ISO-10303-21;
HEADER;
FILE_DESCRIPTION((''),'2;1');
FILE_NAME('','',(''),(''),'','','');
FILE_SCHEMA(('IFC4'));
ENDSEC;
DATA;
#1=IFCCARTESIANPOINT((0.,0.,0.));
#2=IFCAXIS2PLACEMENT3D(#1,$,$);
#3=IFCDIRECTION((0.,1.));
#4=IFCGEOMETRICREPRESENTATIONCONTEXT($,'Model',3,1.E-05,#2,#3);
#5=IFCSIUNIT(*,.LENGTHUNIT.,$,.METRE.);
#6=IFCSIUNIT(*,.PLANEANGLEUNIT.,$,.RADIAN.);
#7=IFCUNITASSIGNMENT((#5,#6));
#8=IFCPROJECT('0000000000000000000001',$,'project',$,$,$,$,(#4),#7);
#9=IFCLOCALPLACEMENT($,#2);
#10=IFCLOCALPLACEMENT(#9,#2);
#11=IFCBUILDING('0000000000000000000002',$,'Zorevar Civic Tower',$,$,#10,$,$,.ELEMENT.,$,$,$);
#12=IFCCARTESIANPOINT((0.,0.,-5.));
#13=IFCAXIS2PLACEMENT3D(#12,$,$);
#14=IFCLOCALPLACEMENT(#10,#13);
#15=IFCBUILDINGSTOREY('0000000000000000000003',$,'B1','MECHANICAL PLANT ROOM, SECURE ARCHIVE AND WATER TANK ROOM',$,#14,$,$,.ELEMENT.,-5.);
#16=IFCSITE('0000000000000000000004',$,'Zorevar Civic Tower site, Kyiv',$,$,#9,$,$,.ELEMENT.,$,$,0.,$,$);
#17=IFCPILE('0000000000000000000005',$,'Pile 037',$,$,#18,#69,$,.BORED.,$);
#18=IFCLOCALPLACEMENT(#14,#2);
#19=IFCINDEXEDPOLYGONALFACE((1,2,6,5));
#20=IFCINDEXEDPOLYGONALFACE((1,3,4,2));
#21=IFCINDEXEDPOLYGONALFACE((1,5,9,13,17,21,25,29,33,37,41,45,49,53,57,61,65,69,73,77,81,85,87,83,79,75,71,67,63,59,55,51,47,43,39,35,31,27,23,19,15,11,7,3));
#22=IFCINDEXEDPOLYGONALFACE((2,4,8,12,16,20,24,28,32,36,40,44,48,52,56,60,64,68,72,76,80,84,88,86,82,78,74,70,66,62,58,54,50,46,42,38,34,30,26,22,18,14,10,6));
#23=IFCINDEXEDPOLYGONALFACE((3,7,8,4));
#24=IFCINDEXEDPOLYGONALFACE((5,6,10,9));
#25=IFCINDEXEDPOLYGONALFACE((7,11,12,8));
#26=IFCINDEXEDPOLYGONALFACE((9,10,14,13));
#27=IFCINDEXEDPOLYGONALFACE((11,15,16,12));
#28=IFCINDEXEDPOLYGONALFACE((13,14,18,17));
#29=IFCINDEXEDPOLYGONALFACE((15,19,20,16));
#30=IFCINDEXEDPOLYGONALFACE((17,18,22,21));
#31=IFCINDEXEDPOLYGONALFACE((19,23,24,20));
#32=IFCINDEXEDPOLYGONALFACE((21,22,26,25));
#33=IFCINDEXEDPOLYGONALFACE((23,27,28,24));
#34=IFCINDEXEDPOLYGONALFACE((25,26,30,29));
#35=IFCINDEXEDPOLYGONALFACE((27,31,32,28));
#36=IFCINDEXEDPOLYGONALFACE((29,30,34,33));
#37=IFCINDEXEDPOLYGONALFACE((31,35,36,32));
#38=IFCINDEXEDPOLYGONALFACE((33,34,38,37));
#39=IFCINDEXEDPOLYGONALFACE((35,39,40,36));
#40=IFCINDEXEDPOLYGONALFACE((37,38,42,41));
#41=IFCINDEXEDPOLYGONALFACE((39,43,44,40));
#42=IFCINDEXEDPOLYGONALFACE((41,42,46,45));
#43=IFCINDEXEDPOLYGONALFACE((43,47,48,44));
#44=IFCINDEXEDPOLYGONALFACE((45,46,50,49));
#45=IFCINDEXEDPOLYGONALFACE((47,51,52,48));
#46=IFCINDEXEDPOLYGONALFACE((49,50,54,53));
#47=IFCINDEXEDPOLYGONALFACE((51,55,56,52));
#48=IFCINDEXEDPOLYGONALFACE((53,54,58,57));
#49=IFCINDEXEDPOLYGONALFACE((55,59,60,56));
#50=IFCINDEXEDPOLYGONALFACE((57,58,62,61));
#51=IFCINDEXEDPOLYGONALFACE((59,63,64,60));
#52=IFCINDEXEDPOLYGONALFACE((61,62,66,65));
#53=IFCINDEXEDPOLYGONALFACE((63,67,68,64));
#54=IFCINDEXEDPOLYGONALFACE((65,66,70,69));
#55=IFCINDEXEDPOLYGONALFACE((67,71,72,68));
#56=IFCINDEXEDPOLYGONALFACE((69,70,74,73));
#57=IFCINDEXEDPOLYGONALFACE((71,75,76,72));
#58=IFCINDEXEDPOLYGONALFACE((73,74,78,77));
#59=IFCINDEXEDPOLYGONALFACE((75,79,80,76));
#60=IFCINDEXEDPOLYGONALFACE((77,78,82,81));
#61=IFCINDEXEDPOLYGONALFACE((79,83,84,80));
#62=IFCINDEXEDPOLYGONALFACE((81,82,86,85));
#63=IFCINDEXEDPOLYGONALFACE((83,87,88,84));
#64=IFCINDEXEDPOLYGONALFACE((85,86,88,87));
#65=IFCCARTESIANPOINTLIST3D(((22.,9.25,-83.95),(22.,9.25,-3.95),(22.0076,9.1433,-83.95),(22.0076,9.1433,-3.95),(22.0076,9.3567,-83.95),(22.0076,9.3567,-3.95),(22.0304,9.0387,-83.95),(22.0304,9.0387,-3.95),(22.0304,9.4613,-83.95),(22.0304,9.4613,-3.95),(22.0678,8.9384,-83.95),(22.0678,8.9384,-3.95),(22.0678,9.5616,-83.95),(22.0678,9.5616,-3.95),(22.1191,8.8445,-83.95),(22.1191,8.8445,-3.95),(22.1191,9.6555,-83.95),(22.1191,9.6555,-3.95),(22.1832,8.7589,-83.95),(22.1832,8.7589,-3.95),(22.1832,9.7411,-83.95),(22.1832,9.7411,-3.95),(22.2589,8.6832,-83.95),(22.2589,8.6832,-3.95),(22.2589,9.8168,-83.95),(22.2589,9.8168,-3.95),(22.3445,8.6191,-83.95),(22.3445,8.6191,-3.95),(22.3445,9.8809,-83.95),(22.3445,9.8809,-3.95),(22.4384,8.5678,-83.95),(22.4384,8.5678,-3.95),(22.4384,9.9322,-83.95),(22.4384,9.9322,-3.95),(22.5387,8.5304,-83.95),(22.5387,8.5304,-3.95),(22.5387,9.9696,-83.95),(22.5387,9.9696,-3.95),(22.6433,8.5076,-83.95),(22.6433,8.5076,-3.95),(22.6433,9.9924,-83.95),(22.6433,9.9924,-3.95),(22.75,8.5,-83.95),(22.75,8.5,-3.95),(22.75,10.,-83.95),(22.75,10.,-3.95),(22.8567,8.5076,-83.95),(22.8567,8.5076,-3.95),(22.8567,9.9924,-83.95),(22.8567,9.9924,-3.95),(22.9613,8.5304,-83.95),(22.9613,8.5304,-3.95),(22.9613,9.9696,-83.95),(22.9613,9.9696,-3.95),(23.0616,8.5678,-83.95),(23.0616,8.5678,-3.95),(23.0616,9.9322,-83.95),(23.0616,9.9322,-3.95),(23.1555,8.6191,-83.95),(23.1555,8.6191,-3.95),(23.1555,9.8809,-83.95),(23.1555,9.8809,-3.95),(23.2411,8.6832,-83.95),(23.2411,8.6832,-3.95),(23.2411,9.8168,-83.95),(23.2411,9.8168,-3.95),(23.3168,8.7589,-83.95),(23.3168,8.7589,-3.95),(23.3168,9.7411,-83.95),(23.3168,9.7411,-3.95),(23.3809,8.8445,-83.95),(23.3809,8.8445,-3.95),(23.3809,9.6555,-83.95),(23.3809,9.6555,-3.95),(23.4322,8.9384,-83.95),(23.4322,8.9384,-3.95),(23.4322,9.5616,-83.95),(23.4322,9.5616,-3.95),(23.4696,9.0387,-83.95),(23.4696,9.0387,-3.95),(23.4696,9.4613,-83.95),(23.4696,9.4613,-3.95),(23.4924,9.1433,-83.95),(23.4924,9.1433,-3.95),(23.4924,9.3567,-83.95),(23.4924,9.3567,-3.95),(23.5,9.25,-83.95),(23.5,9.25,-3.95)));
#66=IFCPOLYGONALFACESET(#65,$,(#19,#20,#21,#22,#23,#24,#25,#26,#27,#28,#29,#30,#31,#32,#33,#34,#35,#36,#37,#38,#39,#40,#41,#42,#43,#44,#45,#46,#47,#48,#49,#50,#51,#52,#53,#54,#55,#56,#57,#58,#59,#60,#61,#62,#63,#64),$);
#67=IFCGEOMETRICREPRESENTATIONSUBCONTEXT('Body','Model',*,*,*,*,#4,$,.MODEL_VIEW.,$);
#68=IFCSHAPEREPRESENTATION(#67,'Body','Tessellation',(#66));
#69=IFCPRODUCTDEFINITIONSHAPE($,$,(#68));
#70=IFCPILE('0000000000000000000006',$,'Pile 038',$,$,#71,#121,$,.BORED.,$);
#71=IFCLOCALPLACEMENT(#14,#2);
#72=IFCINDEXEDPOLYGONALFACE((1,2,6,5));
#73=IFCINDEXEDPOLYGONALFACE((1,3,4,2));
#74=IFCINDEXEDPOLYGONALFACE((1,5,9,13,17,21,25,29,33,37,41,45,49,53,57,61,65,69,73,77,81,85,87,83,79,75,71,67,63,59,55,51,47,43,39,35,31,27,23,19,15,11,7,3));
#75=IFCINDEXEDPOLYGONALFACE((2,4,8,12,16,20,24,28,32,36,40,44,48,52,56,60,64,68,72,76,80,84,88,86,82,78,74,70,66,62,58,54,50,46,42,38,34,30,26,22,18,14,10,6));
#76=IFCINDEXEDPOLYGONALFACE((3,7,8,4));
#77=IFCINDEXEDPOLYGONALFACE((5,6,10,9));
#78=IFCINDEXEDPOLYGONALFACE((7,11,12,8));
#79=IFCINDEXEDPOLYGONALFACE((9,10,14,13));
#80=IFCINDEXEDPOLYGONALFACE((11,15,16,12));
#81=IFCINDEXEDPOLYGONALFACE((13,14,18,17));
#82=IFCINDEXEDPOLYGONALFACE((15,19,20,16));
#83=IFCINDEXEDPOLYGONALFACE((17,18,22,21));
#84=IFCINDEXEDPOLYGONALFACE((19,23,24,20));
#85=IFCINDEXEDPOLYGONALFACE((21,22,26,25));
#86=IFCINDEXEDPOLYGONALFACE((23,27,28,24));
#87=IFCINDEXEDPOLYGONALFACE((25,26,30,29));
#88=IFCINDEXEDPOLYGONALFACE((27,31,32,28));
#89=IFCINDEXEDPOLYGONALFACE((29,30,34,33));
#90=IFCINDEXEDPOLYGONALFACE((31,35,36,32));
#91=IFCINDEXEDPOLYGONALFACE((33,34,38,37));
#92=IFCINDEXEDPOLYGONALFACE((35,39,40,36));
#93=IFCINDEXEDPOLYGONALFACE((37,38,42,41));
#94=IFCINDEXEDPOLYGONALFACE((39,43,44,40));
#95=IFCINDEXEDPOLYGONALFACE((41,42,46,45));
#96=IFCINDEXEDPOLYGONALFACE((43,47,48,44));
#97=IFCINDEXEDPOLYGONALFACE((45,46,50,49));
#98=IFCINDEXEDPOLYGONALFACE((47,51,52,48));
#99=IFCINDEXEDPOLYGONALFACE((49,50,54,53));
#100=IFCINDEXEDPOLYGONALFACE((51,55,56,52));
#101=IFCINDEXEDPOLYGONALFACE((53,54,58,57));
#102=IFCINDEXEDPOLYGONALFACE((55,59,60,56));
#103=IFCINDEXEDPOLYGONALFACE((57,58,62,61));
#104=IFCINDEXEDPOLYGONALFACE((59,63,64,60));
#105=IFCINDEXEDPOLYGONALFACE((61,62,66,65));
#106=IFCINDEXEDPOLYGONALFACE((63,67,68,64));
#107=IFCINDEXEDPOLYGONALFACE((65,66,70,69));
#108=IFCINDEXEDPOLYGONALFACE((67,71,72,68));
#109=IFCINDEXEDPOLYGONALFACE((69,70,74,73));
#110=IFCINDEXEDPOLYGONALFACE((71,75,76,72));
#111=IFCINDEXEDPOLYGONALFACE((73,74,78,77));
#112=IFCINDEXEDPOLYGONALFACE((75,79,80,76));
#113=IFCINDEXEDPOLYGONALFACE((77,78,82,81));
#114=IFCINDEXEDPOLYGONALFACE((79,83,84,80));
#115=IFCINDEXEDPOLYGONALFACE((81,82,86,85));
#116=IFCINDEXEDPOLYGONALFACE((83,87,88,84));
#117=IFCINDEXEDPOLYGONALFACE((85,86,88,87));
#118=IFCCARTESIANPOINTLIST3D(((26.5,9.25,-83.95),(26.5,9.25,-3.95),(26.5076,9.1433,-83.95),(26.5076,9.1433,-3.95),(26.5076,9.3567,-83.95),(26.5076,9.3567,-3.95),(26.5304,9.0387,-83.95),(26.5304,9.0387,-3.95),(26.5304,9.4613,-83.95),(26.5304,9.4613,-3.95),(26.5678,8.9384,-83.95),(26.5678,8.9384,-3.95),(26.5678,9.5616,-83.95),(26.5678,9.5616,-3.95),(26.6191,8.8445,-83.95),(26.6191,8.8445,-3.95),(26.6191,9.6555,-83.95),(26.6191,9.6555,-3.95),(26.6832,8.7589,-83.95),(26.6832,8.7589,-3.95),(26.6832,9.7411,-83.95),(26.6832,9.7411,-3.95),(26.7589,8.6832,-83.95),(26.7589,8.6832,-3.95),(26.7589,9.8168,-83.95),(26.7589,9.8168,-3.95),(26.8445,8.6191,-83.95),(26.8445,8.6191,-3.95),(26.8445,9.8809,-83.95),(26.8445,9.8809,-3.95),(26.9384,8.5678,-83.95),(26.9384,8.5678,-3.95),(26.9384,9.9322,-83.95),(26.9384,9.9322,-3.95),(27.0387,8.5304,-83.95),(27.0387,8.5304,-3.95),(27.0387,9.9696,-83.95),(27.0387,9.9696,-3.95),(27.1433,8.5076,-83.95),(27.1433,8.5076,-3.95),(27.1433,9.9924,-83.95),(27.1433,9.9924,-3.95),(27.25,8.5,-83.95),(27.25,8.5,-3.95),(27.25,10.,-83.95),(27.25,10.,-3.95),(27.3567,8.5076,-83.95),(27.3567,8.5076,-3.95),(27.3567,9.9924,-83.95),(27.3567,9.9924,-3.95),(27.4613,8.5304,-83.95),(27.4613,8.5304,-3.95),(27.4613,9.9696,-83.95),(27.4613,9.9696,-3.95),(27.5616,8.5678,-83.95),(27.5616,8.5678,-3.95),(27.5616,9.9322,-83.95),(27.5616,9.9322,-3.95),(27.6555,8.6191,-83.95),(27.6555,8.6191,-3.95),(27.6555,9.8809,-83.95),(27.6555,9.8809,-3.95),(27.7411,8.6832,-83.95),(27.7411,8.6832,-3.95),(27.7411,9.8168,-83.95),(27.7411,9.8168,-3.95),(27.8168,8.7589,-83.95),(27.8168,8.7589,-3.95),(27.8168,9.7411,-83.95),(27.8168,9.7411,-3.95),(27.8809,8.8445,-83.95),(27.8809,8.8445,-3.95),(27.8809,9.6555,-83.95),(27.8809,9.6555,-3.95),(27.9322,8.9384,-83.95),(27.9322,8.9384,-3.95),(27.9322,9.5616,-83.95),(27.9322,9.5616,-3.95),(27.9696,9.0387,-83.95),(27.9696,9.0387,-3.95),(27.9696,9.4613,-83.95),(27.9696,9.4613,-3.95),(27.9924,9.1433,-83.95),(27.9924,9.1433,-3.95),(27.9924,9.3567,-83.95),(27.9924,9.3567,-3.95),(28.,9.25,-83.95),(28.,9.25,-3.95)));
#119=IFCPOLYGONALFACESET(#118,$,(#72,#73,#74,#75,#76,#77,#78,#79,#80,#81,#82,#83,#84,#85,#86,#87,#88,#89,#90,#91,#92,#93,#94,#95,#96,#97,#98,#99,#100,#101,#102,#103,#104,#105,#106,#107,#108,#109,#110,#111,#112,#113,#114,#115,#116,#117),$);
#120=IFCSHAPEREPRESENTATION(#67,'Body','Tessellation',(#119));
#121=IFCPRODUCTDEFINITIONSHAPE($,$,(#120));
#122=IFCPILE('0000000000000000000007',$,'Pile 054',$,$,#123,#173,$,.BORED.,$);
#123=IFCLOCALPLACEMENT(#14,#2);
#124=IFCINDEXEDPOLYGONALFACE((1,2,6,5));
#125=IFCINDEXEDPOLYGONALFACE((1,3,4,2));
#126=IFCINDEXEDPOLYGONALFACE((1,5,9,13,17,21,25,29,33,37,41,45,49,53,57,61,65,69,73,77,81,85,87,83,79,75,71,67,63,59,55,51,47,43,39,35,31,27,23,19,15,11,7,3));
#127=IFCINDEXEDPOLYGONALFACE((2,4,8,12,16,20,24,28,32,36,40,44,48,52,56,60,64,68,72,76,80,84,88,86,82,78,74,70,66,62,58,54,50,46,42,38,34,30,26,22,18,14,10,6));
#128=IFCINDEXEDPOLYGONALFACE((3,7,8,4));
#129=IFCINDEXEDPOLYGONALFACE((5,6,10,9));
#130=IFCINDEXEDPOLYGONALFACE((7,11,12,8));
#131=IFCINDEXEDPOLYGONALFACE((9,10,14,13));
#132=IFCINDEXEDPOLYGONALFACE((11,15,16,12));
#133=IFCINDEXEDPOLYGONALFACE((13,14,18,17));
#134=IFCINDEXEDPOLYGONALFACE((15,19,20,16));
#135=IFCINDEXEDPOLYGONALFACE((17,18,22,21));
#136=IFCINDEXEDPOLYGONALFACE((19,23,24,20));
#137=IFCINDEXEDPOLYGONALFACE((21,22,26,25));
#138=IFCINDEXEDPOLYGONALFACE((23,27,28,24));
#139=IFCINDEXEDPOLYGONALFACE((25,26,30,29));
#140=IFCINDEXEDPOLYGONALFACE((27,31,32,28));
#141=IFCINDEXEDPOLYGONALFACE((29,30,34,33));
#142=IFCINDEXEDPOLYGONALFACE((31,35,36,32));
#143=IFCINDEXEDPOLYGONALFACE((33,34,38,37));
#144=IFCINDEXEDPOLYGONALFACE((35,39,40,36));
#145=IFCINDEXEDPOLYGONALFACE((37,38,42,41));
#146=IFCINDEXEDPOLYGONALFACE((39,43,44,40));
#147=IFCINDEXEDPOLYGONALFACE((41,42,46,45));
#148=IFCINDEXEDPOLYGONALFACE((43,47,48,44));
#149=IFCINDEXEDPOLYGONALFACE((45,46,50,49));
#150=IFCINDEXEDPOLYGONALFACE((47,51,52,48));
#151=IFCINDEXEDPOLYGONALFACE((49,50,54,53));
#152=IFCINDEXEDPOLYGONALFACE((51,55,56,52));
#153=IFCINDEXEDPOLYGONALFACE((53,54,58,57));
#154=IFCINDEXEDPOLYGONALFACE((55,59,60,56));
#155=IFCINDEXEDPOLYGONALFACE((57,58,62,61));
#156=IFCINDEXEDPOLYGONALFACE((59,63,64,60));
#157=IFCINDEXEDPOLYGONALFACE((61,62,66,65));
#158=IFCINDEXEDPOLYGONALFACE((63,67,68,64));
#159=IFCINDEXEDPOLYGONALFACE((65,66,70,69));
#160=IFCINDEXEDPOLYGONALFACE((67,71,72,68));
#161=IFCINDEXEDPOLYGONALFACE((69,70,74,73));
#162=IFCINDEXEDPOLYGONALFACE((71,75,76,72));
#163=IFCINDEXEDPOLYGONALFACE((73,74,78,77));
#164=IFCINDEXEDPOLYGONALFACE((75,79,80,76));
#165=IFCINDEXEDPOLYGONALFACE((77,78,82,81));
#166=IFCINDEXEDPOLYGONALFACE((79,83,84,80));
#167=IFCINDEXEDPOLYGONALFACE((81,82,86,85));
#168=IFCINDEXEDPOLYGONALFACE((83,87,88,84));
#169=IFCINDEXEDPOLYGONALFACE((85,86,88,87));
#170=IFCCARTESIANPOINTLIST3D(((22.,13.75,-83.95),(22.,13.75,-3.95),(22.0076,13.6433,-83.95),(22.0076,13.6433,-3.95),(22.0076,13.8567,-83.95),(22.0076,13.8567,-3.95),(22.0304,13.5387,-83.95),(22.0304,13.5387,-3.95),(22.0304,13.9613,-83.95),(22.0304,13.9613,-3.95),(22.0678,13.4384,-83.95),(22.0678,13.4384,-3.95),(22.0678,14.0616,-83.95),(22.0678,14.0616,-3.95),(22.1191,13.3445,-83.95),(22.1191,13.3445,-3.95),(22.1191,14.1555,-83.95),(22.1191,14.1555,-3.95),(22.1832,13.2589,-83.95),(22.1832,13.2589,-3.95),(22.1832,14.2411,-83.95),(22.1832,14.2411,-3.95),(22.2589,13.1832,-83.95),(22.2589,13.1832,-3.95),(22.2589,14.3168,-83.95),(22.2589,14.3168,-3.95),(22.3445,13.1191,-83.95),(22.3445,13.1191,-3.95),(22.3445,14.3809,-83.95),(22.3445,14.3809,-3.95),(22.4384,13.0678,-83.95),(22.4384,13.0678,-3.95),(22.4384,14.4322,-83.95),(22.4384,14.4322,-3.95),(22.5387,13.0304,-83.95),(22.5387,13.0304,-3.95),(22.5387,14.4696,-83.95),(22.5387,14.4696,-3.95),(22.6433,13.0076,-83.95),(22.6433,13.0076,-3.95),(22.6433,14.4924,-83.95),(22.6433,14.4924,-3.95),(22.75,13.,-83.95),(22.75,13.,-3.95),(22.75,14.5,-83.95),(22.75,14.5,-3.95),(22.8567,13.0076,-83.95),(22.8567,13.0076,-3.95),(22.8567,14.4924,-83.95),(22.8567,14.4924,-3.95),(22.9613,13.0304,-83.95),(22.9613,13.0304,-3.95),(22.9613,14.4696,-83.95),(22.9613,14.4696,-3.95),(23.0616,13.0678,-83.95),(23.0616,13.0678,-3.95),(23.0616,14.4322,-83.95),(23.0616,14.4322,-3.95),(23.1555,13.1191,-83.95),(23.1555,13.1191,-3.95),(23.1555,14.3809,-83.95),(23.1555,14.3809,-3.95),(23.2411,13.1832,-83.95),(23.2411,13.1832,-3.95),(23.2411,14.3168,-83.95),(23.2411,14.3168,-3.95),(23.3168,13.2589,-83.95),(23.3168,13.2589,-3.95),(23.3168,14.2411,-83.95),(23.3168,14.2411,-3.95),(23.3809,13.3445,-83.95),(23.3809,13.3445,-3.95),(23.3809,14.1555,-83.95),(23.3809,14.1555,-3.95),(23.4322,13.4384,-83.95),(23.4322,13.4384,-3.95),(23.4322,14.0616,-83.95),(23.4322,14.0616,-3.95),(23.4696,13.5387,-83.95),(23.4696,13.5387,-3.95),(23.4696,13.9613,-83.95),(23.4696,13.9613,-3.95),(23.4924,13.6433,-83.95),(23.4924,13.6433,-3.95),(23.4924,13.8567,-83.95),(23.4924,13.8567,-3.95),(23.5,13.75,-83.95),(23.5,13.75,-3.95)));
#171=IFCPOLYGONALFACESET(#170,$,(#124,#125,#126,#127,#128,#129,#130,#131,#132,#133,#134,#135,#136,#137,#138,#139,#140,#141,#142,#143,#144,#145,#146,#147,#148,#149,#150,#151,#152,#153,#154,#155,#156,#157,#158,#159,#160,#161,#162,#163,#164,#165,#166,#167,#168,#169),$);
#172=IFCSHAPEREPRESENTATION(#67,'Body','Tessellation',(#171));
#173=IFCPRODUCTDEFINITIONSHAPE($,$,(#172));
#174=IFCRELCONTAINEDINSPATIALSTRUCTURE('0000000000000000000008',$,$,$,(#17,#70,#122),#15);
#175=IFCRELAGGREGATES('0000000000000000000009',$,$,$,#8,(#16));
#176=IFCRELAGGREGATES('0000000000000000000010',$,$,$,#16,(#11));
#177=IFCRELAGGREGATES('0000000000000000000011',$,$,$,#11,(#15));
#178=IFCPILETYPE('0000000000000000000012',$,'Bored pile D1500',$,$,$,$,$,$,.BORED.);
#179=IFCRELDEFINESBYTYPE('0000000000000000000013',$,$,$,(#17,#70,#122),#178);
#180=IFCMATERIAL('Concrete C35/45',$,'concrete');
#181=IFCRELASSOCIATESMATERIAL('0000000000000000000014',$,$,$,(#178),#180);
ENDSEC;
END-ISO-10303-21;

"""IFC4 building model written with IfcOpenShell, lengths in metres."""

from ifc_helpers import new_model, si_unit, direction, frame, origin, origin_2d, place, context, subcontext, project, spatial, circle, extrude, material, type_object, element, save


model = new_model("IFC4")

# Units and contexts
model_context = context("Model", 3, precision=1e-05, world=origin(), true_north=direction((0.0, 1.0)))
body_context = subcontext(model_context, "Body", "Model", "MODEL_VIEW")
ifc_project = project(units=[si_unit("LENGTHUNIT", "METRE"), si_unit("PLANEANGLEUNIT", "RADIAN")], contexts=[model_context])

# Site, building, storey
site_placement = place(None, origin())
site = spatial("IfcSite", under=ifc_project, at=site_placement, Name="Zorevar Civic Tower site, Kyiv", CompositionType="ELEMENT", RefElevation=0.0)
building_placement = place(site_placement, origin())
building = spatial("IfcBuilding", under=site, at=building_placement, Name="Zorevar Civic Tower", CompositionType="ELEMENT")
storey_placement = place(building_placement, frame((0.0, 0.0, -5.0)))
storey = spatial("IfcBuildingStorey", under=building, at=storey_placement, Name="B1", Description="MECHANICAL PLANT ROOM, SECURE ARCHIVE AND WATER TANK ROOM", CompositionType="ELEMENT", Elevation=-5.0)

# Piles
ifc_material_1 = material(Name="Concrete C35/45", Category="concrete")
pile_type = type_object("IfcPileType", Name="Bored pile D1500", PredefinedType="BORED", material=ifc_material_1)
for number, where, z_axis, x_axis, name in (
    (1, (22.75, 9.25, -3.95), (0.0, 0.0, -1.0), (1.0, 0.0, 0.0), "Pile 037"),
    (2, (27.25, 9.25, -3.95), (0.0, 0.0, -1.0), (1.0, 0.0, 0.0), "Pile 038"),
    (3, (22.75, 13.75, -3.95), (0.0, 0.0, -1.0), (1.0, 0.0, 0.0), "Pile 054"),
):
    element("IfcPile", number, at=place(storey_placement, frame(where, z_axis=z_axis, x_axis=x_axis)), inside=storey, type_object=pile_type, Name=name, PredefinedType="BORED", context=body_context, shape_type="SweptSolid", body=[
        extrude(circle(Radius=0.75, at=origin_2d()), origin(), (0.0, 0.0, 1.0), 80.0),
    ])

save(model, "model.ifc")
